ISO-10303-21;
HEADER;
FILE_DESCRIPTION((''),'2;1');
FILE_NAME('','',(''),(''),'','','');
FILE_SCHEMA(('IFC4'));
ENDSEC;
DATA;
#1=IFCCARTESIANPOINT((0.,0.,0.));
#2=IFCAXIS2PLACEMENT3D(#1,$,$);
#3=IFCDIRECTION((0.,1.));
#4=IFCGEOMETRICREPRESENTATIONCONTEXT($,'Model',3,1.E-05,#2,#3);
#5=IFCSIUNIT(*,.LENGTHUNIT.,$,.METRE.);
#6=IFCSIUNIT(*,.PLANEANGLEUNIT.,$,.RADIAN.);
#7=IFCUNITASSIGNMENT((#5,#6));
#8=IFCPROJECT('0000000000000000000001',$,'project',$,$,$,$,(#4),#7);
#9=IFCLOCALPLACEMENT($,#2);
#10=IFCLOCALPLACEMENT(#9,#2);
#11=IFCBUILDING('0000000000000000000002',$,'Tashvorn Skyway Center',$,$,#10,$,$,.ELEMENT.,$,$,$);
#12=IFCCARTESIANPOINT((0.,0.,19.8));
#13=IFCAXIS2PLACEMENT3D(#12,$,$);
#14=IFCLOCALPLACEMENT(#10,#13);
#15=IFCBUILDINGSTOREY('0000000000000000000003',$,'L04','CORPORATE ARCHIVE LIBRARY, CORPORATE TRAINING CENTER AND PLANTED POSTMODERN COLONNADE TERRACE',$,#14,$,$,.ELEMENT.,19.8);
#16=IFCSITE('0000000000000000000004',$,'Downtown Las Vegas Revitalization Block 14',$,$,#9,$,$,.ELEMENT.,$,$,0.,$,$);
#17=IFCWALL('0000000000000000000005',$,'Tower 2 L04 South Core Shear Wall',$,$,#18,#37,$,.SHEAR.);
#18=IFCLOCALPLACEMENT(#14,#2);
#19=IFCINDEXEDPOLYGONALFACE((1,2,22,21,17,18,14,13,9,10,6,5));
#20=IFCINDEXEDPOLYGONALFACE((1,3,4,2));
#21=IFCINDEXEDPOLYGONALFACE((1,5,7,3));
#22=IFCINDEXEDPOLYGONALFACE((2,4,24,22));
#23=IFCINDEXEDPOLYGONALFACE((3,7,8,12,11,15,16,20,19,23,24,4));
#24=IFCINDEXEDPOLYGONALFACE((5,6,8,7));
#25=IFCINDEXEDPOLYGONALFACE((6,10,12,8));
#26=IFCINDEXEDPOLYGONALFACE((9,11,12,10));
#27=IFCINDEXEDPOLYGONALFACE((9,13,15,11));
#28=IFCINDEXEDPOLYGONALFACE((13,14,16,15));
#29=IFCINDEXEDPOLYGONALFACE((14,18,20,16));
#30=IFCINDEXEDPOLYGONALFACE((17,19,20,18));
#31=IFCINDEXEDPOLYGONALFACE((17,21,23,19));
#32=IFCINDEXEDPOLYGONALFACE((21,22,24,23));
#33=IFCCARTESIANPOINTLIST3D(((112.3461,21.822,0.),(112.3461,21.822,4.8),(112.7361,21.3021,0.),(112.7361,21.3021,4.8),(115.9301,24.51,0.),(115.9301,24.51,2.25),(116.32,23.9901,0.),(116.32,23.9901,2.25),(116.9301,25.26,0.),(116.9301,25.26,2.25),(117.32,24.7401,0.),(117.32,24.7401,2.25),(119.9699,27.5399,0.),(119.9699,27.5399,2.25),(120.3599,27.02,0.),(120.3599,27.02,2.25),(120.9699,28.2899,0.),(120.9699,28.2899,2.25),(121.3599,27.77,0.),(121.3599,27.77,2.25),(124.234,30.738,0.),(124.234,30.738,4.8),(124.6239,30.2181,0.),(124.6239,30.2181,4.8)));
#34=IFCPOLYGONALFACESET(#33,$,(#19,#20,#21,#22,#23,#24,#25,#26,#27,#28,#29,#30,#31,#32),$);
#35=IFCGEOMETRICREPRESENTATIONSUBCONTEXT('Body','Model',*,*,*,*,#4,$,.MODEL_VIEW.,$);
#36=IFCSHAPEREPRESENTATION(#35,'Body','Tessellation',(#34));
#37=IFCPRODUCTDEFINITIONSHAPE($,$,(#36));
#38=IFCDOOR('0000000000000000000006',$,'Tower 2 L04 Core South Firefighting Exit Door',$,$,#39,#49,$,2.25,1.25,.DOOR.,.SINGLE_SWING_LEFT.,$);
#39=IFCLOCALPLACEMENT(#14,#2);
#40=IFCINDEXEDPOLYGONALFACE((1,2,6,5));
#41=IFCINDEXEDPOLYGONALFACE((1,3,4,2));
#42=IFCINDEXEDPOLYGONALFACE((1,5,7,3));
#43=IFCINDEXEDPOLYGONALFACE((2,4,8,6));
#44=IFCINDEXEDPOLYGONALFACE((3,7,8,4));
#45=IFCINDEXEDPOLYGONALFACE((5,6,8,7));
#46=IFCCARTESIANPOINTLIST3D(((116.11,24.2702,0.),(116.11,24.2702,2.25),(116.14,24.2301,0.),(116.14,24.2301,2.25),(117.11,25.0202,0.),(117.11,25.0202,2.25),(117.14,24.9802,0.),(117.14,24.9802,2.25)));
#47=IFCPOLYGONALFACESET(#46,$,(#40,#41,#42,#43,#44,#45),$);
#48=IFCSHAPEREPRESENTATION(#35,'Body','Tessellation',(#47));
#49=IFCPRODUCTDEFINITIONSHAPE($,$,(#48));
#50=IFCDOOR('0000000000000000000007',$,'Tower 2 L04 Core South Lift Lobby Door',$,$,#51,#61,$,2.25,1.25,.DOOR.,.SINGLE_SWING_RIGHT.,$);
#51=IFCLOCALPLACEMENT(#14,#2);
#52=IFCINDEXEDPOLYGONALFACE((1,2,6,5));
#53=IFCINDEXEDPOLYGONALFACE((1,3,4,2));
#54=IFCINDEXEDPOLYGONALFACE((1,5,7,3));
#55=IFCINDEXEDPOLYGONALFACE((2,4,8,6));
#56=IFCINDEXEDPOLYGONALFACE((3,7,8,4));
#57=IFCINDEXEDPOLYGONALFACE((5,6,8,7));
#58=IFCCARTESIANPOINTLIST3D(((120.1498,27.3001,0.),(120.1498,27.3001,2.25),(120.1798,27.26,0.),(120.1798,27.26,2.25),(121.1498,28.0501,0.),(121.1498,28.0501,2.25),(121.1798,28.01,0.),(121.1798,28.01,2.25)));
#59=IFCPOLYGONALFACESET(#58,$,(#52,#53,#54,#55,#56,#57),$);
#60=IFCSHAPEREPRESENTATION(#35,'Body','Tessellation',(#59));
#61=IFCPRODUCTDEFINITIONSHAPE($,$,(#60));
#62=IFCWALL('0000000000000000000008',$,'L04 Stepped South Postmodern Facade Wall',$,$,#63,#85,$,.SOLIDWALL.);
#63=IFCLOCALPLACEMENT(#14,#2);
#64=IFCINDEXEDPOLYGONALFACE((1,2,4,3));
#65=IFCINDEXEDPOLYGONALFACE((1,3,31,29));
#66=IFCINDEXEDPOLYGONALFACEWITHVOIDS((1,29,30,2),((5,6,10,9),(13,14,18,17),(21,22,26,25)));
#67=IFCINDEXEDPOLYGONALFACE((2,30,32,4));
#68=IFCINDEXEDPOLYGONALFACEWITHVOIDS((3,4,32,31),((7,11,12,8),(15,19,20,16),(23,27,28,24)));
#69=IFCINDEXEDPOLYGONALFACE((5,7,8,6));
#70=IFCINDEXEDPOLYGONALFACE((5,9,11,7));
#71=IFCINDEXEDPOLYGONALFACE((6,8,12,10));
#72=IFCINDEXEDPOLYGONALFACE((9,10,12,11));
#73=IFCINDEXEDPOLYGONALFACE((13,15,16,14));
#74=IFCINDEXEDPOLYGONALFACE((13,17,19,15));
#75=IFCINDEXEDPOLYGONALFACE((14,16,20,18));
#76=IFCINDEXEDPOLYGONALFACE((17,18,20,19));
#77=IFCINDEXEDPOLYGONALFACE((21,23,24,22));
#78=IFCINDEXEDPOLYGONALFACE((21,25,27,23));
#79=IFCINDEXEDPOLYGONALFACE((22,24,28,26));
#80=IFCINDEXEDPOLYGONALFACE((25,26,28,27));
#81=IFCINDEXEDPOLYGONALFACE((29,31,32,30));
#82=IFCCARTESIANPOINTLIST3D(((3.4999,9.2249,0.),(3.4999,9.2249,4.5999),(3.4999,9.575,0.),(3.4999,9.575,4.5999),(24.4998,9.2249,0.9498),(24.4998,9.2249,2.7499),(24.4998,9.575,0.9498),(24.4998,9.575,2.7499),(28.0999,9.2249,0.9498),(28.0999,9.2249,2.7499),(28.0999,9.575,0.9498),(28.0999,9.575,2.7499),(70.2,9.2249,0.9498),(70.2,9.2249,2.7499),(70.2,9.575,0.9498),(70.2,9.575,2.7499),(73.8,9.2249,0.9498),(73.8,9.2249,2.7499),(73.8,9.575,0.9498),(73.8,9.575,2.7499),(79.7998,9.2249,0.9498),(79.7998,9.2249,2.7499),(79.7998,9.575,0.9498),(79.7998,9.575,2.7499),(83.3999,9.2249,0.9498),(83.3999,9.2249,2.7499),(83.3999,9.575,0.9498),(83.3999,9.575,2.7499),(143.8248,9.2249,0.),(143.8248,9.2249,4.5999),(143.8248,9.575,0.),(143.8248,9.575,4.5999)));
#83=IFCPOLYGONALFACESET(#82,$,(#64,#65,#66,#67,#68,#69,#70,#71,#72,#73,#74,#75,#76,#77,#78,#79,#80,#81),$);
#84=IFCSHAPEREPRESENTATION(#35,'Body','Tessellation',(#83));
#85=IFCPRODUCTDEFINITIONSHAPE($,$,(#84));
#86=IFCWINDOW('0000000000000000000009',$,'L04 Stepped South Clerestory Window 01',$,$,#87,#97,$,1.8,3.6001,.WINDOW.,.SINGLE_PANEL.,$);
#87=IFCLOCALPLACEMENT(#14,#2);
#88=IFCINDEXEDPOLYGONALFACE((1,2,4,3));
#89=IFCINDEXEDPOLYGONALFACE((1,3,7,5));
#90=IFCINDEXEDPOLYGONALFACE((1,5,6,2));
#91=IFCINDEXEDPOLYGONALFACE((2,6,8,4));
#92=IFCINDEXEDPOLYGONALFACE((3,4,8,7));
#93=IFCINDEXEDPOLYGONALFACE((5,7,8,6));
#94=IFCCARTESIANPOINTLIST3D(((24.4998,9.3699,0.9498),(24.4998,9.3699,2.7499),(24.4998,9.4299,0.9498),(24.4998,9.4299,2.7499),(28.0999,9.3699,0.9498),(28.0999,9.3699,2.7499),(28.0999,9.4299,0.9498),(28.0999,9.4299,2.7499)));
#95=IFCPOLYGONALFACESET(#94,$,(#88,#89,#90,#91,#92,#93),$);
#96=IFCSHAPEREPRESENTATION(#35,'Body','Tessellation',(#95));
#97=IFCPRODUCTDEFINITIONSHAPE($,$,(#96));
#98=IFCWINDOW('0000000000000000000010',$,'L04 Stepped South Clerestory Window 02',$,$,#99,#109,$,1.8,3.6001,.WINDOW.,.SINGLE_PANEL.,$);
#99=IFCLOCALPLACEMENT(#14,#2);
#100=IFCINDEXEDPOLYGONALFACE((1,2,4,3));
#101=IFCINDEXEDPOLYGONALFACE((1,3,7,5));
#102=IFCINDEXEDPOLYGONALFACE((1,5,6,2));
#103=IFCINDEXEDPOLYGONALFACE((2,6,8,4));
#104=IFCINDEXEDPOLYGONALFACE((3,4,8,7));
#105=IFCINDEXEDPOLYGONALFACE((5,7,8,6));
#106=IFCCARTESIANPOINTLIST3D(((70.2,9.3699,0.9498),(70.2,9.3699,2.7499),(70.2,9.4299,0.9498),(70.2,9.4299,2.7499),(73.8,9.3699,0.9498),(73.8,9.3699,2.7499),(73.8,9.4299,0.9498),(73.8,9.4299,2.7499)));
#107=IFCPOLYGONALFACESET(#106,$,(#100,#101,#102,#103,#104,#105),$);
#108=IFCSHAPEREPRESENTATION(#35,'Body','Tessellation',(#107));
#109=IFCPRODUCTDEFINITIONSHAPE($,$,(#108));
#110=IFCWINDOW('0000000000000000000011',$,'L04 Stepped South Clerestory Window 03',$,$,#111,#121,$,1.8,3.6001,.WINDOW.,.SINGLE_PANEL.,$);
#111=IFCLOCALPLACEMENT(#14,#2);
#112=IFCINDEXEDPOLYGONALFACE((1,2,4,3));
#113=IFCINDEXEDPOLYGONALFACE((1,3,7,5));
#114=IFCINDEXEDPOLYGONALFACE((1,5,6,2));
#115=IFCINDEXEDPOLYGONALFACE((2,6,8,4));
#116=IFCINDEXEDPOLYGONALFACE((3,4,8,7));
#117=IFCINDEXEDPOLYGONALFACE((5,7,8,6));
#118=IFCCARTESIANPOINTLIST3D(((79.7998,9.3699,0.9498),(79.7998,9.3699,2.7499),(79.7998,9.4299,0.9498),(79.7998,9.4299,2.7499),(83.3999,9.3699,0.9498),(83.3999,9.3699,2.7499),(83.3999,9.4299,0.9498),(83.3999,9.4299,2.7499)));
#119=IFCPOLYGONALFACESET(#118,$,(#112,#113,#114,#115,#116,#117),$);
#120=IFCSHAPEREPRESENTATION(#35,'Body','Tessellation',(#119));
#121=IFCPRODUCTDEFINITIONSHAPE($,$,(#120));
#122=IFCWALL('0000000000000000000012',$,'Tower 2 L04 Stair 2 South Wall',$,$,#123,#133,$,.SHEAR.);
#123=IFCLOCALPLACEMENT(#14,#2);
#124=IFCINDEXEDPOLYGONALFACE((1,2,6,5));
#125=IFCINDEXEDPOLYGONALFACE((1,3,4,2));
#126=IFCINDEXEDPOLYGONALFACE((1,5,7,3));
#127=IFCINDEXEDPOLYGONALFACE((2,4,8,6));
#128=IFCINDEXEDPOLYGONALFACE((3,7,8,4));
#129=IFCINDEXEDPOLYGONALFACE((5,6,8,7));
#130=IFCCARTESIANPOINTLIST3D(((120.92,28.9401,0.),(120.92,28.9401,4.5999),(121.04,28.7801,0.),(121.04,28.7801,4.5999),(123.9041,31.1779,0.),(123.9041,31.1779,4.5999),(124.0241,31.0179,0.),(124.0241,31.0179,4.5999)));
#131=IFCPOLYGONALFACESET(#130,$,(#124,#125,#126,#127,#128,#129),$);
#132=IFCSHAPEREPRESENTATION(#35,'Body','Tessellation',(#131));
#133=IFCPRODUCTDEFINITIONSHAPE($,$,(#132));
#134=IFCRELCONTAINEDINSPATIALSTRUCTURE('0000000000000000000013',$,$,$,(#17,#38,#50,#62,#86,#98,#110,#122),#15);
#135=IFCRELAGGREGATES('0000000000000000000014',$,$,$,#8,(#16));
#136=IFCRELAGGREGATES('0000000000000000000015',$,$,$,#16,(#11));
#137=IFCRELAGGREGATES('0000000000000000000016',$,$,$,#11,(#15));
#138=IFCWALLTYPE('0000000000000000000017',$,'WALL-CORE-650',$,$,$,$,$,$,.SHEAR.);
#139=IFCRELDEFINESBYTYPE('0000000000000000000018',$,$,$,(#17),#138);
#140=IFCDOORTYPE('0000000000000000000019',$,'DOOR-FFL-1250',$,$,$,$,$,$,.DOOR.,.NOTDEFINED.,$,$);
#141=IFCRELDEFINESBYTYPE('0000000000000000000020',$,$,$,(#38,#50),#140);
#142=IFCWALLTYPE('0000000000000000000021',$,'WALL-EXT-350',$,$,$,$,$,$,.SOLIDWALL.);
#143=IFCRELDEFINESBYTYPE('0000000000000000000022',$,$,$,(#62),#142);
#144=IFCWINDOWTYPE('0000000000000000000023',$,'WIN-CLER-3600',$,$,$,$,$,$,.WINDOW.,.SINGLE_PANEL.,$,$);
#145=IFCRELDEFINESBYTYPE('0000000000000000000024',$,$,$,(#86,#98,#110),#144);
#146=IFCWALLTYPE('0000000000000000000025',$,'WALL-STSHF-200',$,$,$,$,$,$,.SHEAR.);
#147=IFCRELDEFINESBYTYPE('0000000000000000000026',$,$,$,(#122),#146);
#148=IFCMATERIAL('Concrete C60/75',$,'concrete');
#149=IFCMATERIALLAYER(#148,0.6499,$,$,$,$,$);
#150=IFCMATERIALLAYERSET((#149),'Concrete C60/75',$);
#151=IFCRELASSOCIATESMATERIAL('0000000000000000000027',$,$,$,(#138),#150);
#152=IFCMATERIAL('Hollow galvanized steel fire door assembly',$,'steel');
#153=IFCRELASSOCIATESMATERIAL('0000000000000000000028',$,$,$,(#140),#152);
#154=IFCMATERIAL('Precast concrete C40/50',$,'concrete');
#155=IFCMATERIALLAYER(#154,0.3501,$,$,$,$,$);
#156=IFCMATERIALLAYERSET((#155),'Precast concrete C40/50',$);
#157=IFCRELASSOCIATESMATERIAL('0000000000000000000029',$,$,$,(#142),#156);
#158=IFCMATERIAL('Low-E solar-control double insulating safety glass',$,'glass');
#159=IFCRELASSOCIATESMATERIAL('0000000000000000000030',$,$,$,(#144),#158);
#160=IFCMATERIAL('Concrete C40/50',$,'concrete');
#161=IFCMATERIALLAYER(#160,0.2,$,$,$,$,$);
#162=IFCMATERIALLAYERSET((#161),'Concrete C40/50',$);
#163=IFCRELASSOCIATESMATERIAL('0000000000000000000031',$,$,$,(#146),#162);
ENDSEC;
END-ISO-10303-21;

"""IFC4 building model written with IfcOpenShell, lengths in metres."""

from ifc_helpers import new_model, si_unit, direction, frame, frame_2d, origin, place, context, subcontext, project, spatial, rectangle, extrude, material, layer, layer_set, type_object, element, fill, save


model = new_model("IFC4")

# Units and contexts
model_context = context("Model", 3, precision=1e-05, world=origin(), true_north=direction((0.0, 1.0)))
body_context = subcontext(model_context, "Body", "Model", "MODEL_VIEW")
ifc_project = project(units=[si_unit("LENGTHUNIT", "METRE"), si_unit("PLANEANGLEUNIT", "RADIAN")], contexts=[model_context])

# Site, building, storey
site_placement = place(None, origin())
site = spatial("IfcSite", under=ifc_project, at=site_placement, Name="Downtown Las Vegas Revitalization Block 14", CompositionType="ELEMENT", RefElevation=0.0)
building_placement = place(site_placement, origin())
building = spatial("IfcBuilding", under=site, at=building_placement, Name="Tashvorn Skyway Center", CompositionType="ELEMENT")
storey_placement = place(building_placement, frame((0.0, 0.0, 19.8)))
storey = spatial("IfcBuildingStorey", under=building, at=storey_placement, Name="L04", Description="CORPORATE ARCHIVE LIBRARY, CORPORATE TRAINING CENTER AND PLANTED POSTMODERN COLONNADE TERRACE", CompositionType="ELEMENT", Elevation=19.8)

# Wall, openings, doors
ifc_material_1 = material(Name="Concrete C60/75", Category="concrete")
ifc_layer_1 = layer(ifc_material_1, 0.6499)
ifc_layer_set_1 = layer_set([ifc_layer_1], Name="Concrete C60/75")
wall_type_1 = type_object("IfcWallType", Name="WALL-CORE-650", PredefinedType="SHEAR", material=ifc_layer_set_1)
wall_1_placement = place(storey_placement, frame((124.429, 30.478, 0.0), z_axis=(0.0, 0.0, 1.0), x_axis=(-0.799998, -0.600003, 0.0)))
wall_1 = element("IfcWall", 1, at=wall_1_placement, inside=storey, type_object=wall_type_1, Name="Tower 2 L04 South Core Shear Wall", PredefinedType="SHEAR", context=body_context, shape_type="SweptSolid", body=[
    extrude(rectangle(XDim=14.8599, YDim=0.6499, at=frame_2d((7.4299, 0.0))), origin(), (0.0, 0.0, 1.0), 4.8),
])
opening_1_placement = place(wall_1_placement, frame((9.1299, 0.0, 0.0)))
opening_1 = element("IfcOpeningElement", 2, at=opening_1_placement, cuts=wall_1, PredefinedType="OPENING", context=body_context, shape_type="SweptSolid", body=[
    extrude(rectangle(XDim=1.25, YDim=2.25, at=frame_2d((0.625, 1.125))), frame((0.0, 0.335, 0.0), z_axis=(0.0, -1.0, 0.0), x_axis=(1.0, 0.0, 0.0)), (0.0, 0.0, 1.0), 0.6699),
])
opening_2_placement = place(wall_1_placement, frame((4.0801, 0.0, 0.0)))
opening_2 = element("IfcOpeningElement", 3, at=opening_2_placement, cuts=wall_1, PredefinedType="OPENING", context=body_context, shape_type="SweptSolid", body=[
    extrude(rectangle(XDim=1.25, YDim=2.25, at=frame_2d((0.625, 1.125))), frame((0.0, 0.335, 0.0), z_axis=(0.0, -1.0, 0.0), x_axis=(1.0, 0.0, 0.0)), (0.0, 0.0, 1.0), 0.6699),
])
ifc_material_2 = material(Name="Hollow galvanized steel fire door assembly", Category="steel")
door_type = type_object("IfcDoorType", Name="DOOR-FFL-1250", OperationType="NOTDEFINED", PredefinedType="DOOR", material=ifc_material_2)
door_1_placement = place(opening_1_placement, origin())
door_1 = element("IfcDoor", 4, at=door_1_placement, inside=storey, type_object=door_type, Name="Tower 2 L04 Core South Firefighting Exit Door", OperationType="SINGLE_SWING_LEFT", OverallHeight=2.25, OverallWidth=1.25, PredefinedType="DOOR", context=body_context, shape_type="SweptSolid", body=[
    extrude(rectangle(XDim=1.25, YDim=2.25, at=frame_2d((0.625, 1.125))), frame((0.0, 0.0249, 0.0), z_axis=(0.0, -1.0, 0.0), x_axis=(1.0, 0.0, 0.0)), (0.0, 0.0, 1.0), 0.05),
])
fill(opening_1, door_1)
door_2_placement = place(opening_2_placement, origin())
door_2 = element("IfcDoor", 5, at=door_2_placement, inside=storey, type_object=door_type, Name="Tower 2 L04 Core South Lift Lobby Door", OperationType="SINGLE_SWING_RIGHT", OverallHeight=2.25, OverallWidth=1.25, PredefinedType="DOOR", context=body_context, shape_type="SweptSolid", body=[
    extrude(rectangle(XDim=1.25, YDim=2.25, at=frame_2d((0.625, 1.125))), frame((0.0, 0.0249, 0.0), z_axis=(0.0, -1.0, 0.0), x_axis=(1.0, 0.0, 0.0)), (0.0, 0.0, 1.0), 0.05),
])
fill(opening_2, door_2)

# Wall, openings, windows
ifc_material_3 = material(Name="Precast concrete C40/50", Category="concrete")
ifc_layer_2 = layer(ifc_material_3, 0.3501)
ifc_layer_set_2 = layer_set([ifc_layer_2], Name="Precast concrete C40/50")
wall_type_2 = type_object("IfcWallType", Name="WALL-EXT-350", PredefinedType="SOLIDWALL", material=ifc_layer_set_2)
wall_2_placement = place(storey_placement, frame((143.825, 9.3999, 0.0), z_axis=(0.0, 0.0, 1.0), x_axis=(-1.0, 0.0, 0.0)))
wall_2 = element("IfcWall", 6, at=wall_2_placement, inside=storey, type_object=wall_type_2, Name="L04 Stepped South Postmodern Facade Wall", PredefinedType="SOLIDWALL", context=body_context, shape_type="SweptSolid", body=[
    extrude(rectangle(XDim=140.325, YDim=0.3501, at=frame_2d((70.1626, 0.0))), origin(), (0.0, 0.0, 1.0), 4.5999),
])
opening_3_placement = place(wall_2_placement, frame((115.7251, 0.0, 0.95)))
opening_3 = element("IfcOpeningElement", 7, at=opening_3_placement, cuts=wall_2, PredefinedType="OPENING", context=body_context, shape_type="SweptSolid", body=[
    extrude(rectangle(XDim=3.6001, YDim=1.8, at=frame_2d((1.8, 0.8999))), frame((0.0, 0.1851, 0.0), z_axis=(0.0, -1.0, 0.0), x_axis=(1.0, 0.0, 0.0)), (0.0, 0.0, 1.0), 0.3701),
])
opening_4_placement = place(wall_2_placement, frame((70.0249, 0.0, 0.95)))
opening_4 = element("IfcOpeningElement", 8, at=opening_4_placement, cuts=wall_2, PredefinedType="OPENING", context=body_context, shape_type="SweptSolid", body=[
    extrude(rectangle(XDim=3.6001, YDim=1.8, at=frame_2d((1.8, 0.8999))), frame((0.0, 0.1851, 0.0), z_axis=(0.0, -1.0, 0.0), x_axis=(1.0, 0.0, 0.0)), (0.0, 0.0, 1.0), 0.3701),
])
opening_5_placement = place(wall_2_placement, frame((60.425, 0.0, 0.95)))
opening_5 = element("IfcOpeningElement", 9, at=opening_5_placement, cuts=wall_2, PredefinedType="OPENING", context=body_context, shape_type="SweptSolid", body=[
    extrude(rectangle(XDim=3.6001, YDim=1.8, at=frame_2d((1.8, 0.8999))), frame((0.0, 0.1851, 0.0), z_axis=(0.0, -1.0, 0.0), x_axis=(1.0, 0.0, 0.0)), (0.0, 0.0, 1.0), 0.3701),
])
ifc_material_4 = material(Name="Low-E solar-control double insulating safety glass", Category="glass")
window_type = type_object("IfcWindowType", Name="WIN-CLER-3600", PartitioningType="SINGLE_PANEL", PredefinedType="WINDOW", material=ifc_material_4)
window_1_placement = place(opening_3_placement, origin())
window_1 = element("IfcWindow", 10, at=window_1_placement, inside=storey, type_object=window_type, Name="L04 Stepped South Clerestory Window 01", OverallHeight=1.8, OverallWidth=3.6001, PartitioningType="SINGLE_PANEL", PredefinedType="WINDOW", context=body_context, shape_type="SweptSolid", body=[
    extrude(rectangle(XDim=3.6001, YDim=1.8, at=frame_2d((1.8, 0.8999))), frame((0.0, 0.03, 0.0), z_axis=(0.0, -1.0, 0.0), x_axis=(1.0, 0.0, 0.0)), (0.0, 0.0, 1.0), 0.0601),
])
fill(opening_3, window_1)
window_2_placement = place(opening_4_placement, origin())
window_2 = element("IfcWindow", 11, at=window_2_placement, inside=storey, type_object=window_type, Name="L04 Stepped South Clerestory Window 02", OverallHeight=1.8, OverallWidth=3.6001, PartitioningType="SINGLE_PANEL", PredefinedType="WINDOW", context=body_context, shape_type="SweptSolid", body=[
    extrude(rectangle(XDim=3.6001, YDim=1.8, at=frame_2d((1.8, 0.8999))), frame((0.0, 0.03, 0.0), z_axis=(0.0, -1.0, 0.0), x_axis=(1.0, 0.0, 0.0)), (0.0, 0.0, 1.0), 0.0601),
])
fill(opening_4, window_2)
window_3_placement = place(opening_5_placement, origin())
window_3 = element("IfcWindow", 12, at=window_3_placement, inside=storey, type_object=window_type, Name="L04 Stepped South Clerestory Window 03", OverallHeight=1.8, OverallWidth=3.6001, PartitioningType="SINGLE_PANEL", PredefinedType="WINDOW", context=body_context, shape_type="SweptSolid", body=[
    extrude(rectangle(XDim=3.6001, YDim=1.8, at=frame_2d((1.8, 0.8999))), frame((0.0, 0.03, 0.0), z_axis=(0.0, -1.0, 0.0), x_axis=(1.0, 0.0, 0.0)), (0.0, 0.0, 1.0), 0.0601),
])
fill(opening_5, window_3)

# Wall
ifc_material_5 = material(Name="Concrete C40/50", Category="concrete")
ifc_layer_3 = layer(ifc_material_5, 0.2)
ifc_layer_set_3 = layer_set([ifc_layer_3], Name="Concrete C40/50")
wall_type_3 = type_object("IfcWallType", Name="WALL-STSHF-200", PredefinedType="SHEAR", material=ifc_layer_set_3)
wall_3_placement = place(storey_placement, frame((120.98, 28.8601, 0.0), z_axis=(0.0, 0.0, 1.0), x_axis=(0.800039, 0.599948, 0.0)))
element("IfcWall", 13, at=wall_3_placement, inside=storey, type_object=wall_type_3, Name="Tower 2 L04 Stair 2 South Wall", PredefinedType="SHEAR", context=body_context, shape_type="SweptSolid", body=[
    extrude(rectangle(XDim=3.73, YDim=0.2, at=frame_2d((1.865, 0.0))), origin(), (0.0, 0.0, 1.0), 4.5999),
])

save(model, "model.ifc")
